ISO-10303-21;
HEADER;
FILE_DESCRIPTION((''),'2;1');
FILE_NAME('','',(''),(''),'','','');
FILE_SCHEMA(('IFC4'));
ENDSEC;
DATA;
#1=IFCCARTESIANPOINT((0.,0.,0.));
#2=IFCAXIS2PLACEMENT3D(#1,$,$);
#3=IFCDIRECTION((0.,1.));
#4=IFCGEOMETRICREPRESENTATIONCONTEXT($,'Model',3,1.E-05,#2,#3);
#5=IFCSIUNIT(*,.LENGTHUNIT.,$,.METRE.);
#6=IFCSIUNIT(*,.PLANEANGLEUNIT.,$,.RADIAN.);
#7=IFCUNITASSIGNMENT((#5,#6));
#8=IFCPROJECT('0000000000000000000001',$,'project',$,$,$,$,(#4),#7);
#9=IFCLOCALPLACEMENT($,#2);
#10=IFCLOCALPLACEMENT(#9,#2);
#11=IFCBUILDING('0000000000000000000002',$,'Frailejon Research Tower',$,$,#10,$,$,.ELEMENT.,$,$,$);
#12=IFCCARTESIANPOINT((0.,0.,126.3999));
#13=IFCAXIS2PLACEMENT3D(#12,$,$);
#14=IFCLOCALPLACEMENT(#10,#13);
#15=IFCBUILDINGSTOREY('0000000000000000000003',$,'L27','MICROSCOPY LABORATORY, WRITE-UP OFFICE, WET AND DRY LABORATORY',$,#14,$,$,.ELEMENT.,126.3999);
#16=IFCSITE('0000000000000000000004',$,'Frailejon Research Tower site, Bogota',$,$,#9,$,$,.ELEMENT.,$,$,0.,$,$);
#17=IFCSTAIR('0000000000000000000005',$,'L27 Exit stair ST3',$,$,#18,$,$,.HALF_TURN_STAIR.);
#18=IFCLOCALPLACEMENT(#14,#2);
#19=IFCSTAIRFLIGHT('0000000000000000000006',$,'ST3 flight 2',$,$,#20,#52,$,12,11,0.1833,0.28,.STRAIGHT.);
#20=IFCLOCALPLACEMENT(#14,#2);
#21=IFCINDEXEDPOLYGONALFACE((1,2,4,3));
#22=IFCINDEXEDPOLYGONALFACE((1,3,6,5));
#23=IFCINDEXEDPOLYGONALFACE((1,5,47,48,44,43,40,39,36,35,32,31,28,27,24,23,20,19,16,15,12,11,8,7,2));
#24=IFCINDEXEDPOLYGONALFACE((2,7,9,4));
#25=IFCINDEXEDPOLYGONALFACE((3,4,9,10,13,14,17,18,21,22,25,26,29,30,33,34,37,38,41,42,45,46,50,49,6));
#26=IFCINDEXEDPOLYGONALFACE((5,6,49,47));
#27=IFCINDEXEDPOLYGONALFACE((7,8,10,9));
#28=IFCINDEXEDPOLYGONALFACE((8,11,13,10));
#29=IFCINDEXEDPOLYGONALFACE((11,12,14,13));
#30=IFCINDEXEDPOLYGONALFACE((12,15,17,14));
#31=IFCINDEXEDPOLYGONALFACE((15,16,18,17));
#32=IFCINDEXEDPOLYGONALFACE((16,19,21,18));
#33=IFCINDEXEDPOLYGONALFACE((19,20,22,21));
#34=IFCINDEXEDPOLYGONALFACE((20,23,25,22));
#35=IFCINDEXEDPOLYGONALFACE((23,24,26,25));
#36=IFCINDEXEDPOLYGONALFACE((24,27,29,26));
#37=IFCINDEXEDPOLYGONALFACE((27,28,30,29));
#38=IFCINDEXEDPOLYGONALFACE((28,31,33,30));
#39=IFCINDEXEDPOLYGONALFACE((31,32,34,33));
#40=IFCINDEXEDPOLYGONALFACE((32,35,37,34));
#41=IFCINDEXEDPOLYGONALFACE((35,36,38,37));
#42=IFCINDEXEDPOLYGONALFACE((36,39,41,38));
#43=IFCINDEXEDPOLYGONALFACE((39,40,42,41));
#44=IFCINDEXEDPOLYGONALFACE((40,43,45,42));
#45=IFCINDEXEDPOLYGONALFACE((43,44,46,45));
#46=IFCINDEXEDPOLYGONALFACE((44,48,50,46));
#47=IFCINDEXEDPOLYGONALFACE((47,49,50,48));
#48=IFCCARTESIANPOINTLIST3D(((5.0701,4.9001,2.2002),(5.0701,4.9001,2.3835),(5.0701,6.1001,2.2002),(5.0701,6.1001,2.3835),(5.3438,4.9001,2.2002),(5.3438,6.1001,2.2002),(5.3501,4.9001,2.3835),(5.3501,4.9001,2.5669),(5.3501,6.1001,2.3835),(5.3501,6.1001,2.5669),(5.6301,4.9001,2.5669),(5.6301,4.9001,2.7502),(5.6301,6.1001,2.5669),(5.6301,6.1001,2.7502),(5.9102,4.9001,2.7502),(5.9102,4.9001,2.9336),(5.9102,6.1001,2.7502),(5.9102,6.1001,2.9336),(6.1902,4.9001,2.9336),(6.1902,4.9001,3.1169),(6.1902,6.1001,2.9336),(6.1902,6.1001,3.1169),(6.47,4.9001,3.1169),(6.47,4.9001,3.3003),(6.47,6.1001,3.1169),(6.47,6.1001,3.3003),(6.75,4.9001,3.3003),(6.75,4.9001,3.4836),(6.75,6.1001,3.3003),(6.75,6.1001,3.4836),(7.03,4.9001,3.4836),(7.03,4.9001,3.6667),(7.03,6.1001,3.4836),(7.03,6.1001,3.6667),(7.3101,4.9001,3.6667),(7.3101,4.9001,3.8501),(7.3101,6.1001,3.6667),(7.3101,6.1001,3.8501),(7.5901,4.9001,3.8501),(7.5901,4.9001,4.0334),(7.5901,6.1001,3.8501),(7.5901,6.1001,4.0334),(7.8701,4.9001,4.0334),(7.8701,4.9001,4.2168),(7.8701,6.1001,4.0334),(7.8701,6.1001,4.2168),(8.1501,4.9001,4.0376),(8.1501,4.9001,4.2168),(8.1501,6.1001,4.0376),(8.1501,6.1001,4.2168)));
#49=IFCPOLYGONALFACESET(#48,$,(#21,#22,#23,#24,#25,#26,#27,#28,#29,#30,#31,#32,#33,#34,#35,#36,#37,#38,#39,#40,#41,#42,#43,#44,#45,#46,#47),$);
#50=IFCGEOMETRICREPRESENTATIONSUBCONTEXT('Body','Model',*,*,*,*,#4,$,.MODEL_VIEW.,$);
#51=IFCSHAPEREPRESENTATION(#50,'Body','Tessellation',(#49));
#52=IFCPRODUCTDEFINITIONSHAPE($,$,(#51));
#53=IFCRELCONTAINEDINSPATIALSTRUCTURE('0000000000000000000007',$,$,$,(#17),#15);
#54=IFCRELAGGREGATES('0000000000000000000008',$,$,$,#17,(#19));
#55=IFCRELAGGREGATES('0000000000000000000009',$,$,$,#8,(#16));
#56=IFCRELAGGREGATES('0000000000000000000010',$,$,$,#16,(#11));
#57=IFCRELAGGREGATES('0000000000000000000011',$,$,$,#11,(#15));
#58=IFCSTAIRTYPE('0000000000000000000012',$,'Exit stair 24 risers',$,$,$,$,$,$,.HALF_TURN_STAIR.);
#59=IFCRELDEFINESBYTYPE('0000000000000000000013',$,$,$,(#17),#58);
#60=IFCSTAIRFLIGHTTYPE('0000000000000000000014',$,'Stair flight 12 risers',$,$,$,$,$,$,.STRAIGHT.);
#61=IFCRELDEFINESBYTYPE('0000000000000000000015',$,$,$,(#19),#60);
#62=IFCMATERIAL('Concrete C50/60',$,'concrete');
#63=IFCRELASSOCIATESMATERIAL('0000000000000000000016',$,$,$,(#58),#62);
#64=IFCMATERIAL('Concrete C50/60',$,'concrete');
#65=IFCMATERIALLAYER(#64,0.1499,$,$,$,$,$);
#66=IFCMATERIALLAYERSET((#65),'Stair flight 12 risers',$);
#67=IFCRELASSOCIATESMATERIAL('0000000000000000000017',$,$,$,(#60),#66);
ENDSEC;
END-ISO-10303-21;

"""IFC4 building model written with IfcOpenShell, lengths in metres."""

from ifc_helpers import new_model, si_unit, direction, frame, origin, place, context, subcontext, project, spatial, polyline, outline, extrude, material, layer, layer_set, type_object, element, aggregate, save


model = new_model("IFC4")

# Units and contexts
model_context = context("Model", 3, precision=1e-05, world=origin(), true_north=direction((0.0, 1.0)))
body_context = subcontext(model_context, "Body", "Model", "MODEL_VIEW")
ifc_project = project(units=[si_unit("LENGTHUNIT", "METRE"), si_unit("PLANEANGLEUNIT", "RADIAN")], contexts=[model_context])

# Site, building, storey
site_placement = place(None, origin())
site = spatial("IfcSite", under=ifc_project, at=site_placement, Name="Frailejon Research Tower site, Bogota", CompositionType="ELEMENT", RefElevation=0.0)
building_placement = place(site_placement, origin())
building = spatial("IfcBuilding", under=site, at=building_placement, Name="Frailejon Research Tower", CompositionType="ELEMENT")
storey_placement = place(building_placement, frame((0.0, 0.0, 126.3999)))
storey = spatial("IfcBuildingStorey", under=building, at=storey_placement, Name="L27", Description="MICROSCOPY LABORATORY, WRITE-UP OFFICE, WET AND DRY LABORATORY", CompositionType="ELEMENT", Elevation=126.3999)

# Stair
ifc_material_1 = material(Name="Concrete C50/60", Category="concrete")
stair_type = type_object("IfcStairType", Name="Exit stair 24 risers", PredefinedType="HALF_TURN_STAIR", material=ifc_material_1)
stair_placement = place(storey_placement, origin())
stair = element("IfcStair", 1, at=stair_placement, inside=storey, type_object=stair_type, Name="L27 Exit stair ST3", PredefinedType="HALF_TURN_STAIR")

# Stair flight
ifc_material_2 = material(Name="Concrete C50/60", Category="concrete")
ifc_layer_1 = layer(ifc_material_2, 0.1499)
ifc_layer_set_1 = layer_set([ifc_layer_1], Name="Stair flight 12 risers")
stair_flight_type = type_object("IfcStairFlightType", Name="Stair flight 12 risers", PredefinedType="STRAIGHT", material=ifc_layer_set_1)
stair_flight_1_placement = place(storey_placement, frame((5.0701, 5.5, 2.2002), z_axis=(0.0, 0.0, 1.0), x_axis=(1.0, 0.0, 0.0)))
stair_flight_1 = element("IfcStairFlight", 2, at=stair_flight_1_placement, type_object=stair_flight_type, Name="ST3 flight 2", NumberOfRisers=12, NumberOfTreads=11, PredefinedType="STRAIGHT", RiserHeight=0.1833, TreadLength=0.28, context=body_context, shape_type="SweptSolid", body=[
    extrude(outline(polyline([(0.0, 0.0), (0.0, 0.1833), (0.28, 0.1833), (0.28, 0.3667), (0.5601, 0.3667), (0.5601, 0.55), (0.8401, 0.55), (0.8401, 0.7334), (1.1201, 0.7334), (1.1201, 0.9167), (1.3999, 0.9167), (1.3999, 1.1001), (1.6799, 1.1001), (1.6799, 1.2834), (1.96, 1.2834), (1.96, 1.4666), (2.24, 1.4666), (2.24, 1.6499), (2.52, 1.6499), (2.52, 1.8333), (2.8, 1.8333), (2.8, 2.0166), (3.0801, 2.0166), (3.0801, 2.2), (3.0801, 1.8374), (0.2737, 0.0), (0.0, 0.0)])), frame((0.0, 0.6001, 0.0), z_axis=(0.0, -1.0, 0.0), x_axis=(1.0, 0.0, 0.0)), (0.0, 0.0, 1.0), 1.2),
])
aggregate(stair, [stair_flight_1])

save(model, "model.ifc")
